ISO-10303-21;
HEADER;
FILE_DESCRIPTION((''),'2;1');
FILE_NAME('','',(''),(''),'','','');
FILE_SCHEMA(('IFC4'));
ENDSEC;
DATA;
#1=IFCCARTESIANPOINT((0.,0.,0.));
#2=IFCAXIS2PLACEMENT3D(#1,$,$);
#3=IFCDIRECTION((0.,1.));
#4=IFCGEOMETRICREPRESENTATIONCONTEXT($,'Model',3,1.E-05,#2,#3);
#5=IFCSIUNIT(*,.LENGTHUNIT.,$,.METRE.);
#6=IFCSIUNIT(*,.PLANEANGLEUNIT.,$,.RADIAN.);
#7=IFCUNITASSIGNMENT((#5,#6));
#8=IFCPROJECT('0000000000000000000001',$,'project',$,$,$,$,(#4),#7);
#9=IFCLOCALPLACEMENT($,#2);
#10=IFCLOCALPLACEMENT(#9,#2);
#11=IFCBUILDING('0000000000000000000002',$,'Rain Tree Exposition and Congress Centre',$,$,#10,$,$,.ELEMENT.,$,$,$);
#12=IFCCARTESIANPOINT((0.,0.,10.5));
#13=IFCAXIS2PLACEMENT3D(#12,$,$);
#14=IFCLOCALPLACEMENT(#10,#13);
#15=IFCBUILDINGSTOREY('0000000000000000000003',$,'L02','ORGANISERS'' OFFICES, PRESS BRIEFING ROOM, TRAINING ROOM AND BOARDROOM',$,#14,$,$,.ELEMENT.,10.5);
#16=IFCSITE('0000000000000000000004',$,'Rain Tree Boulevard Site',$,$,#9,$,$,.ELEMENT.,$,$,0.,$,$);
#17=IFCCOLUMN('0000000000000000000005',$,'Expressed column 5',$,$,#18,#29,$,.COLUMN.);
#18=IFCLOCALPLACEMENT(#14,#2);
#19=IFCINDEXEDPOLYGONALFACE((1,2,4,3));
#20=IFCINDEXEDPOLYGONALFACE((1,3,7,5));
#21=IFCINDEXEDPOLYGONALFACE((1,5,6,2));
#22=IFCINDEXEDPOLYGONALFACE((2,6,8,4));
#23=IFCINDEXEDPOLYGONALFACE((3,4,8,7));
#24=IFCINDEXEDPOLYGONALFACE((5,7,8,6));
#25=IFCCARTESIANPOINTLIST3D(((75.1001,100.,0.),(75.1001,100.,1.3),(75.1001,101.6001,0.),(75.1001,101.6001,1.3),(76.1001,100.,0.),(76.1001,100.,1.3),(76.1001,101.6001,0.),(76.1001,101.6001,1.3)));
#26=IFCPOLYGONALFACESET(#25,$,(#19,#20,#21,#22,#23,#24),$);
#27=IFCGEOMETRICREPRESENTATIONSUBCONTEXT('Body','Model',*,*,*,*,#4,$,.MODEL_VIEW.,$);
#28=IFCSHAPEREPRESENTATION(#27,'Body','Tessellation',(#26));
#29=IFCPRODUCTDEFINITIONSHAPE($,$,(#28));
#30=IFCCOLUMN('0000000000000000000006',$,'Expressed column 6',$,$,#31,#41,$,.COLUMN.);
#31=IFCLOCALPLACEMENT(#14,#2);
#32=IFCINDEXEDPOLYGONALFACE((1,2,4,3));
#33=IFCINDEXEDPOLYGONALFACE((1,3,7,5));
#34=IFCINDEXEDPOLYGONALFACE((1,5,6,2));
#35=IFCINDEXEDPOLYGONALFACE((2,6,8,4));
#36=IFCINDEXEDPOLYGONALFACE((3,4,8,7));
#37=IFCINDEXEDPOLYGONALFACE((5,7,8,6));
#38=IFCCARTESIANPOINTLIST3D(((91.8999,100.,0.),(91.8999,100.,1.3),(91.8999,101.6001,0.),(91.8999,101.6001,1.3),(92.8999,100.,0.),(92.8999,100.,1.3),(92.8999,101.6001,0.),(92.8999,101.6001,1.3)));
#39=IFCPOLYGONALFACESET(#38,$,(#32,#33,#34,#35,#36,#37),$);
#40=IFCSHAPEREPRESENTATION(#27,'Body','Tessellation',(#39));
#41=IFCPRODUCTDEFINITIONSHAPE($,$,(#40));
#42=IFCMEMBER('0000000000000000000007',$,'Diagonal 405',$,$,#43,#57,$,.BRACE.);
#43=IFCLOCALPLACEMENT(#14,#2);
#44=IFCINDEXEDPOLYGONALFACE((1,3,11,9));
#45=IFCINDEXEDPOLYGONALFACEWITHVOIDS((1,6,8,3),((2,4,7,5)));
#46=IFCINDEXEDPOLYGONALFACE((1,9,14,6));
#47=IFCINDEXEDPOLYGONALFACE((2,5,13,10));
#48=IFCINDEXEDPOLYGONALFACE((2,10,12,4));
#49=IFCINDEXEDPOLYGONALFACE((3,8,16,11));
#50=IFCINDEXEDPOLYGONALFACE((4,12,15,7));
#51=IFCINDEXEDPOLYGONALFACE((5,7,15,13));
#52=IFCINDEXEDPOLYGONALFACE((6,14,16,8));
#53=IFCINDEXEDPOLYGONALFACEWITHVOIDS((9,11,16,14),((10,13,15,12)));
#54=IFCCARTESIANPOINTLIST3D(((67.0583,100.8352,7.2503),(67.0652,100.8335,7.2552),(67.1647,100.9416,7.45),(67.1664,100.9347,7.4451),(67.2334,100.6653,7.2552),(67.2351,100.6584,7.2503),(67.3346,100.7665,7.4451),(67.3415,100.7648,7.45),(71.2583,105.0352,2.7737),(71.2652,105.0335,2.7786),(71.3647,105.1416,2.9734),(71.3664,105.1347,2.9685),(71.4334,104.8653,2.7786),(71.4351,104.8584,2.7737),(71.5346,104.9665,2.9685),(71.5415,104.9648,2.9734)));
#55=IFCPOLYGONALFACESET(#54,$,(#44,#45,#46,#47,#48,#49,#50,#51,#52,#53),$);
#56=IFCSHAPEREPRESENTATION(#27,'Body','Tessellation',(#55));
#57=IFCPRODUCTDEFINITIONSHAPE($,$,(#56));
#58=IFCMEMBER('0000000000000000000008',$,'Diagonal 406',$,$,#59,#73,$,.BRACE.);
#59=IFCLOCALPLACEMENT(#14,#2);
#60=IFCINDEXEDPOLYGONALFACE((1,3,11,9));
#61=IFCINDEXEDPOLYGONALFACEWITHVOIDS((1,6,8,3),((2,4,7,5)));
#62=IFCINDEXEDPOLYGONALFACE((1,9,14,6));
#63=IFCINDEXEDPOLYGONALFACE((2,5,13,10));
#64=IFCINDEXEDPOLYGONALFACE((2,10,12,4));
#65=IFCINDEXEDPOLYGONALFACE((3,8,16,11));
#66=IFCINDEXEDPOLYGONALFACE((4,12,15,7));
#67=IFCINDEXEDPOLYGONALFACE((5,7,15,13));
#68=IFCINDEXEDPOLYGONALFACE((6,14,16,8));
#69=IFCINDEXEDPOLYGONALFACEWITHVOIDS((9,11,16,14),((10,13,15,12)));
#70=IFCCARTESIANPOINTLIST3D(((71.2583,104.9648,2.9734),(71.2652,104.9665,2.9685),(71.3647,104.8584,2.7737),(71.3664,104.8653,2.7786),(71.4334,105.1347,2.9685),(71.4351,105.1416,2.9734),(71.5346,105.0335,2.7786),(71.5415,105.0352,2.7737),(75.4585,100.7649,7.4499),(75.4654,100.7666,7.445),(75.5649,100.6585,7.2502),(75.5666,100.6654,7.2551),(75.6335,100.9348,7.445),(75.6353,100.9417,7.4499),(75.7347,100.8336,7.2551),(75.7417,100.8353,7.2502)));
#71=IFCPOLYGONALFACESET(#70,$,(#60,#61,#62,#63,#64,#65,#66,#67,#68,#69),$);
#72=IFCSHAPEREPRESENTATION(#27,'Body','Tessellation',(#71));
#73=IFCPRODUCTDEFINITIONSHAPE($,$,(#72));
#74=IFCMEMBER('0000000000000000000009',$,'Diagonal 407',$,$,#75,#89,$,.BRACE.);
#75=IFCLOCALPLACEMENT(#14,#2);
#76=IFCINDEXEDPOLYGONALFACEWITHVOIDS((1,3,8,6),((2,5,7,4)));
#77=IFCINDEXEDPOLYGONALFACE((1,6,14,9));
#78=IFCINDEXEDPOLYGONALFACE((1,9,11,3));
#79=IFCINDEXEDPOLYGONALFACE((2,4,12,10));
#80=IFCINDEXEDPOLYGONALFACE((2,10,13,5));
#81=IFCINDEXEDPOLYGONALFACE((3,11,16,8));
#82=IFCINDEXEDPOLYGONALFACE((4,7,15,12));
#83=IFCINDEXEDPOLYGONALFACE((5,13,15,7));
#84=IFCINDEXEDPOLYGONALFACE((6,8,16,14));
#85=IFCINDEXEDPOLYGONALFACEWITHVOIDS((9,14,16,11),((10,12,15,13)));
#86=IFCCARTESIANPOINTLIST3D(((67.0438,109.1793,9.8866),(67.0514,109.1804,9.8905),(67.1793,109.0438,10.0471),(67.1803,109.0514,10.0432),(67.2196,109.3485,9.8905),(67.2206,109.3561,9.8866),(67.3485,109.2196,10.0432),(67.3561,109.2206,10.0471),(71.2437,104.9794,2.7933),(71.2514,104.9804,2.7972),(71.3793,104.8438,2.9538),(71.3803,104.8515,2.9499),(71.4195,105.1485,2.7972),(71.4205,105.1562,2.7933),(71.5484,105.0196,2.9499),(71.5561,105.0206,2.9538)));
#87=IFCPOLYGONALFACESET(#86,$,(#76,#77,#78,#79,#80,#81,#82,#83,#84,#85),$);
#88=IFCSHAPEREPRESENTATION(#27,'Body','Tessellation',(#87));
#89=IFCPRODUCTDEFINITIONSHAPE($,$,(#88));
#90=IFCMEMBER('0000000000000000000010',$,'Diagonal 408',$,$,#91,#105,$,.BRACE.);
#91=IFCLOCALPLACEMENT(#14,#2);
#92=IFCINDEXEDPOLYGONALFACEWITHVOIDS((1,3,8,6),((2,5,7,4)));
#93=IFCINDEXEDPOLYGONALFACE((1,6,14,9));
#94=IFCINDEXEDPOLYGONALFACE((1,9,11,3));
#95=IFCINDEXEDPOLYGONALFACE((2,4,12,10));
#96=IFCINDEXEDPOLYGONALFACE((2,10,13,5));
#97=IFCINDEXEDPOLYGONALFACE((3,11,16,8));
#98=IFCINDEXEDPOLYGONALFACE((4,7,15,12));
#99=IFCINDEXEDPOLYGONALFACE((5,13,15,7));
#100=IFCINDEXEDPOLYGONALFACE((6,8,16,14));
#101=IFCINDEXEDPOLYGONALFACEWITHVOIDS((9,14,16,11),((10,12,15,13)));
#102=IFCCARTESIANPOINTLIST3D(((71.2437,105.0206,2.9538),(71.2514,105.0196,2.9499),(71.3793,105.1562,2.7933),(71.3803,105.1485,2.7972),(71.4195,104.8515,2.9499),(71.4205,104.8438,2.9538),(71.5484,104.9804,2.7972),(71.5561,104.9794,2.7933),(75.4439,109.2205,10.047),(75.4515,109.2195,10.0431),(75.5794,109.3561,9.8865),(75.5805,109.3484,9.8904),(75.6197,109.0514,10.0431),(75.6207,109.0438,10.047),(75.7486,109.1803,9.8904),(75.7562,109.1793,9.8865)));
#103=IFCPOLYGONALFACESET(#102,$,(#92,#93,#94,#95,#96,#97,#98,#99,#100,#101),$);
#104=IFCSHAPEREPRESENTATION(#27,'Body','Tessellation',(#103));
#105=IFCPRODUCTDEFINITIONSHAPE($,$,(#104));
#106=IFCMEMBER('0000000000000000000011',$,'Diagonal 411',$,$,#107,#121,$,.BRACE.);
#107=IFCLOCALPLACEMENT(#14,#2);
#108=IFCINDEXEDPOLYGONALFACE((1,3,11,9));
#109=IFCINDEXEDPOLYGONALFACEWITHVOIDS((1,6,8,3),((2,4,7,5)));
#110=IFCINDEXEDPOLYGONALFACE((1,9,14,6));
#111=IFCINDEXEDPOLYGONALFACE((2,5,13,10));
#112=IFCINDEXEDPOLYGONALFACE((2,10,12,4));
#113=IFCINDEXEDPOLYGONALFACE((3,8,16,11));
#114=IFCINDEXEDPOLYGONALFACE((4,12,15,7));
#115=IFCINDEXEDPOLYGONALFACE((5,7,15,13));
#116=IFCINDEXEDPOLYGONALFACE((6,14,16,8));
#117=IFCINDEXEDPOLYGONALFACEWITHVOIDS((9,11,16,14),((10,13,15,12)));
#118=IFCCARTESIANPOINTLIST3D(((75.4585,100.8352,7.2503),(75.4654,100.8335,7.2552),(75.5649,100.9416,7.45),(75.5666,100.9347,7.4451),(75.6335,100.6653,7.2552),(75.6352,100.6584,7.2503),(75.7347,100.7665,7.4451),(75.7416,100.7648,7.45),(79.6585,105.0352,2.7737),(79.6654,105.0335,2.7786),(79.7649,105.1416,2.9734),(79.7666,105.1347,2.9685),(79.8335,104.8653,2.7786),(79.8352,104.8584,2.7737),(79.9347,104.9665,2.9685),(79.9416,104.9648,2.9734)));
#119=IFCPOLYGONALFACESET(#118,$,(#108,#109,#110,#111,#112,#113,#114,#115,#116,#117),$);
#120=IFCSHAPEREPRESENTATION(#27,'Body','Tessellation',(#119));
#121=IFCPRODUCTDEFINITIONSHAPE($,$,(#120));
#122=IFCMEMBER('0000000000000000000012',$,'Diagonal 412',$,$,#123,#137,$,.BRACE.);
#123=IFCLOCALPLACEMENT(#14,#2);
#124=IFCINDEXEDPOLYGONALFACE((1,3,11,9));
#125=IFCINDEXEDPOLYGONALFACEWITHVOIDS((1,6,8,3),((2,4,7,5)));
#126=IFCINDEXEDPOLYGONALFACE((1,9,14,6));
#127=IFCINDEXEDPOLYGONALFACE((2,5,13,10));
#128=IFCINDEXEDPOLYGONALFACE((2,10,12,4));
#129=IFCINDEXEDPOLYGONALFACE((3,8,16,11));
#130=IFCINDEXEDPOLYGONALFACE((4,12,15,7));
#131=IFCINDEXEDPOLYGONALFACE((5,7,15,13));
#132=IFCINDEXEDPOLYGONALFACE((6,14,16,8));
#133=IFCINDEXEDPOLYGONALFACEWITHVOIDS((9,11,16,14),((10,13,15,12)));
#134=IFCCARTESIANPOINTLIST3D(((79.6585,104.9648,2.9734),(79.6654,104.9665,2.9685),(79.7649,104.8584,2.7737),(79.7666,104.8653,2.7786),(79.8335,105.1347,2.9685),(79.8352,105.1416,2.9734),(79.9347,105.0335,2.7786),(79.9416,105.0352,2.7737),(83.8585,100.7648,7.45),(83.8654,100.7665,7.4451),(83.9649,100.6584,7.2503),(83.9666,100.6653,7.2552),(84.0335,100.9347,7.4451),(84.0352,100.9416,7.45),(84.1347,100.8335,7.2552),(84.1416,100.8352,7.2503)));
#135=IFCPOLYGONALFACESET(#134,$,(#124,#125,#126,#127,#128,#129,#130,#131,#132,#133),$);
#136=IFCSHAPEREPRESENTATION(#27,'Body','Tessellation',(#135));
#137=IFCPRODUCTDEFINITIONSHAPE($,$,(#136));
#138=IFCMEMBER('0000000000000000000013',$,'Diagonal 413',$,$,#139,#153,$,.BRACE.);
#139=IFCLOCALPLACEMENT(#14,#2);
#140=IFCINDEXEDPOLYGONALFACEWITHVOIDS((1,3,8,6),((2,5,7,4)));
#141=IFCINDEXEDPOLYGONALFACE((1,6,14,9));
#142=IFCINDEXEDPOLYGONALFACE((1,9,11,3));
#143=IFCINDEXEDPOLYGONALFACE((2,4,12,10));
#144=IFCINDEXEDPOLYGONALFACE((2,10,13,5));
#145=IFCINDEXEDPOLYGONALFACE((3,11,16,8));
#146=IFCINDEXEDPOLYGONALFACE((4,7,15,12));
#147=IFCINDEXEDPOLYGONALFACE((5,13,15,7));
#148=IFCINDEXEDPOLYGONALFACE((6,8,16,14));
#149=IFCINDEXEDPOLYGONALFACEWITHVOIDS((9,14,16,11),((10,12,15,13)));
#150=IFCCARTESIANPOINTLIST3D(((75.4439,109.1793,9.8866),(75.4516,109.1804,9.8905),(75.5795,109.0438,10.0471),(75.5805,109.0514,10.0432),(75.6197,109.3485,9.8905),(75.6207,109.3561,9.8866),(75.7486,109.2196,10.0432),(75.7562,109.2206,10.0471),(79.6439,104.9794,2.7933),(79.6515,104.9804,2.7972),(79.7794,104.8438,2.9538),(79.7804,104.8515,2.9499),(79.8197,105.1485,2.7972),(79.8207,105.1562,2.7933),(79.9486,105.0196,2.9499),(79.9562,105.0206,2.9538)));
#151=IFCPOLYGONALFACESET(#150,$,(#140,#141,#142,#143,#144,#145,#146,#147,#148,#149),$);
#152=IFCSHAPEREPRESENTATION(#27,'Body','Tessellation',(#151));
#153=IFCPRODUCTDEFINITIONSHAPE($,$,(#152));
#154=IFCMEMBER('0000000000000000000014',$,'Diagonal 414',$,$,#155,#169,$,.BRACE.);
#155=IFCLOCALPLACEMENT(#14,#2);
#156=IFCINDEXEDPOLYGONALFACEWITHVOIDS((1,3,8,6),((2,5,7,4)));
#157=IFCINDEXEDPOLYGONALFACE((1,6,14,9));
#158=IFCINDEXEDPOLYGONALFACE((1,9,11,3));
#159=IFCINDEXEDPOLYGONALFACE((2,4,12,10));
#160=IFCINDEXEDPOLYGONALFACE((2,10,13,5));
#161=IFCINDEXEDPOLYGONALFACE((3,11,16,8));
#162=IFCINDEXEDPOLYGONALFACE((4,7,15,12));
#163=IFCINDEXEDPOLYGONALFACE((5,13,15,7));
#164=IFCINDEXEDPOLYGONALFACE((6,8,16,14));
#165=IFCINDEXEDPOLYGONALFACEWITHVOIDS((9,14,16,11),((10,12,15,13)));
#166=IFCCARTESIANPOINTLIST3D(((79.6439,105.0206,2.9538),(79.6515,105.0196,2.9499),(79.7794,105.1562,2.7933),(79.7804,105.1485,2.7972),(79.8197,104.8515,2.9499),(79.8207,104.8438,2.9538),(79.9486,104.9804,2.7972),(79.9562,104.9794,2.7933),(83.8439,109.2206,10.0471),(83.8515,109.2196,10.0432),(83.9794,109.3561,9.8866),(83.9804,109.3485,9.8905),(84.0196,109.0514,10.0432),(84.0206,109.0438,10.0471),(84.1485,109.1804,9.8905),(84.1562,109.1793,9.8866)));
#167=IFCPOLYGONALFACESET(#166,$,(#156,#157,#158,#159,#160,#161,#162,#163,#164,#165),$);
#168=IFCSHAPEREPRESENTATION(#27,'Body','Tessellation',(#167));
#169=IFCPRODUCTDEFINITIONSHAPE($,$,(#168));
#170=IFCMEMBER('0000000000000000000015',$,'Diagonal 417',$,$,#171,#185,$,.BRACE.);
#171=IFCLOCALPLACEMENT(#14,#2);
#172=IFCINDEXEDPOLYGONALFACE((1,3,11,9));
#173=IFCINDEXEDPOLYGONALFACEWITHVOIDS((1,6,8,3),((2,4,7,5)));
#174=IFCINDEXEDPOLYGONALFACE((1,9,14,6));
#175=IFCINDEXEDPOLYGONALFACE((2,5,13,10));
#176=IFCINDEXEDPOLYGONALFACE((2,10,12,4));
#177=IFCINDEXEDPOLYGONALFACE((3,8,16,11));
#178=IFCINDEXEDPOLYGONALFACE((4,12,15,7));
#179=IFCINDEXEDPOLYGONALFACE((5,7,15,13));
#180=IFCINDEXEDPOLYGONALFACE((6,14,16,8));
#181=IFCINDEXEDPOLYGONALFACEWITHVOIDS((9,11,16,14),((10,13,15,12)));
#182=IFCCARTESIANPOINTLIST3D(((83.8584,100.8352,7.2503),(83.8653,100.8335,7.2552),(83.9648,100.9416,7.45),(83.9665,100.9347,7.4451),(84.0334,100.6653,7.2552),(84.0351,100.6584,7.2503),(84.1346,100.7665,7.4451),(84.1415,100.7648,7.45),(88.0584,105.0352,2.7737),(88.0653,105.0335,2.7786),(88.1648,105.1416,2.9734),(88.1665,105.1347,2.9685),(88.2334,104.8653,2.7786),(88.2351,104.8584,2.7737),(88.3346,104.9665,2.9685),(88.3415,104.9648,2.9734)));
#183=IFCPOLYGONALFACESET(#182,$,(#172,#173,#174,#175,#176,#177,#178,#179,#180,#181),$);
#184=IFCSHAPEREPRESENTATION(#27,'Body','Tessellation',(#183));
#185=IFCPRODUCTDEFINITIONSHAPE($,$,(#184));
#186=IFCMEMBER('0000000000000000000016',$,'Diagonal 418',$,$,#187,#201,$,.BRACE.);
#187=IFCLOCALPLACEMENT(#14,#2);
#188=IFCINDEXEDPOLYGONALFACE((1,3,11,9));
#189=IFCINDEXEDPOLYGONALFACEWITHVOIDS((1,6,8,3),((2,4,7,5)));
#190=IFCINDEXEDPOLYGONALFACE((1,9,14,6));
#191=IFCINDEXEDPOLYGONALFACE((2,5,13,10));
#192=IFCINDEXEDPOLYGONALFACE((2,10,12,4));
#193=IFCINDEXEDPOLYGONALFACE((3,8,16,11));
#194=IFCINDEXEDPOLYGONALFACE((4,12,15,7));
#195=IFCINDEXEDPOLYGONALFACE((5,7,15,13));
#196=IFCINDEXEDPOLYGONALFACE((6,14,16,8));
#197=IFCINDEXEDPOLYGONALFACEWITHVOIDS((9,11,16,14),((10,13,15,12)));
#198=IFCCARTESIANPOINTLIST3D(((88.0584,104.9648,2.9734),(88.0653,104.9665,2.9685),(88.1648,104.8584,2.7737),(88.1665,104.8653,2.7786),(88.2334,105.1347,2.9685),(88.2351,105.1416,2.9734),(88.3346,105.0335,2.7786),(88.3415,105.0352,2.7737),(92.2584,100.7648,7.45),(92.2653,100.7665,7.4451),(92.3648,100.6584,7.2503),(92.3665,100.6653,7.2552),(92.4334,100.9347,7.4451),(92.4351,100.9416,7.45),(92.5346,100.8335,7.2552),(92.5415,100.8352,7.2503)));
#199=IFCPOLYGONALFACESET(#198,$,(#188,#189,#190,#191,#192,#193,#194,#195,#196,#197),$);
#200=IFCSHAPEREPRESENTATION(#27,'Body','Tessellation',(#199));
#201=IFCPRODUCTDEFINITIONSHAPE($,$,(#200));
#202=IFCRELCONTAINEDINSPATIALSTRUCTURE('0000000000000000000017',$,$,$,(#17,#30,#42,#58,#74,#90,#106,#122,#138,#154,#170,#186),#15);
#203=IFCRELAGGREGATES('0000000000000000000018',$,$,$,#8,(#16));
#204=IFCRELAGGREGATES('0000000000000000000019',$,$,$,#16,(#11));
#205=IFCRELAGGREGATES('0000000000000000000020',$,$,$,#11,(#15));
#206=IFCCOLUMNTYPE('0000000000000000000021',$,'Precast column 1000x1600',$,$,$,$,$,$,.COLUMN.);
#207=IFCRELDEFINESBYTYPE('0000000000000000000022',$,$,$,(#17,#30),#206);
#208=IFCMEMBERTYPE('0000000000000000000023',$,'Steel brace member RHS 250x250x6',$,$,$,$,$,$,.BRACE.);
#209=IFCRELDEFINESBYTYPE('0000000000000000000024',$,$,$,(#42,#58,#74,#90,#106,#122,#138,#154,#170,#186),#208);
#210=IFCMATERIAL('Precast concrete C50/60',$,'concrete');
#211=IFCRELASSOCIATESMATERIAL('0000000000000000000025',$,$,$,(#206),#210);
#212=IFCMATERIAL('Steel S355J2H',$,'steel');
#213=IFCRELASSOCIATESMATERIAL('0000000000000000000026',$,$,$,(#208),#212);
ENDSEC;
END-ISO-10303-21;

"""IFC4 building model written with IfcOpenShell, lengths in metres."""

from ifc_helpers import new_model, si_unit, direction, frame, origin, origin_2d, place, context, subcontext, project, spatial, rectangle, hollow_rectangle, extrude, material, material_profile, profile_set, type_object, element, save


model = new_model("IFC4")

# Units and contexts
model_context = context("Model", 3, precision=1e-05, world=origin(), true_north=direction((0.0, 1.0)))
body_context = subcontext(model_context, "Body", "Model", "MODEL_VIEW")
ifc_project = project(units=[si_unit("LENGTHUNIT", "METRE"), si_unit("PLANEANGLEUNIT", "RADIAN")], contexts=[model_context])

# Site, building, storey
site_placement = place(None, origin())
site = spatial("IfcSite", under=ifc_project, at=site_placement, Name="Rain Tree Boulevard Site", CompositionType="ELEMENT", RefElevation=0.0)
building_placement = place(site_placement, origin())
building = spatial("IfcBuilding", under=site, at=building_placement, Name="Rain Tree Exposition and Congress Centre", CompositionType="ELEMENT")
storey_placement = place(building_placement, frame((0.0, 0.0, 10.5)))
storey = spatial("IfcBuildingStorey", under=building, at=storey_placement, Name="L02", Description="ORGANISERS' OFFICES, PRESS BRIEFING ROOM, TRAINING ROOM AND BOARDROOM", CompositionType="ELEMENT", Elevation=10.5)

# Columns
ifc_material_1 = material(Name="Precast concrete C50/60", Category="concrete")
ifc_material_profile_1 = material_profile(ifc_material_1, rectangle(XDim=1.0, YDim=1.6001, at=origin_2d()), Name="RC 1000x1600")
ifc_profile_set_1 = profile_set([ifc_material_profile_1], Name="Precast concrete C50/60")
column_type = type_object("IfcColumnType", Name="Precast column 1000x1600", PredefinedType="COLUMN", material=ifc_profile_set_1)
for number, where, z_axis, x_axis, name in (
    (1, (75.6001, 100.8, 0.0), (0.0, 0.0, 1.0), (1.0, 0.0, 0.0), "Expressed column 5"),
    (2, (92.3999, 100.8, 0.0), (0.0, 0.0, 1.0), (1.0, 0.0, 0.0), "Expressed column 6"),
):
    element("IfcColumn", number, at=place(storey_placement, frame(where, z_axis=z_axis, x_axis=x_axis)), inside=storey, type_object=column_type, Name=name, PredefinedType="COLUMN", context=body_context, shape_type="SweptSolid", body=[
        extrude(rectangle(XDim=1.0, YDim=1.6001, at=origin_2d()), origin(), (0.0, 0.0, 1.0), 1.3),
    ])

# Members
ifc_material_2 = material(Name="Steel S355J2H", Category="steel")
ifc_material_profile_2 = material_profile(ifc_material_2, hollow_rectangle(XDim=0.25, YDim=0.25, WallThickness=0.0061, at=origin_2d()), Name="RHS 250x250x6")
ifc_profile_set_2 = profile_set([ifc_material_profile_2], Name="Steel S355J2H")
member_type_1 = type_object("IfcMemberType", Name="Steel brace member RHS 250x250x6", PredefinedType="BRACE", material=ifc_profile_set_2)
for number, where, z_axis, x_axis, name in (
    (3, (71.3999, 105.0, 2.8735), (-0.564687, -0.564687, 0.601878), (0.707107, -0.707107, 0.0), "Diagonal 405"),
    (4, (71.3999, 105.0, 2.8735), (0.564709, -0.564677, 0.601867), (0.707086, 0.707127, 0.0), "Diagonal 406"),
):
    element("IfcMember", number, at=place(storey_placement, frame(where, z_axis=z_axis, x_axis=x_axis)), inside=storey, type_object=member_type_1, Name=name, PredefinedType="BRACE", context=body_context, shape_type="SweptSolid", body=[
        extrude(hollow_rectangle(XDim=0.25, YDim=0.25, WallThickness=0.0061, at=origin_2d()), origin(), (0.0, 0.0, 1.0), 7.4377),
    ])
for number, where, z_axis, x_axis, name in (
    (5, (71.3999, 105.0, 2.8735), (-0.453966, 0.453966, 0.7667), (-0.707107, -0.707107, 0.0), "Diagonal 407"),
    (6, (71.3999, 105.0, 2.8735), (0.453987, 0.453961, 0.766691), (-0.707086, 0.707127, 0.0), "Diagonal 408"),
):
    element("IfcMember", number, at=place(storey_placement, frame(where, z_axis=z_axis, x_axis=x_axis)), inside=storey, type_object=member_type_1, Name=name, PredefinedType="BRACE", context=body_context, shape_type="SweptSolid", body=[
        extrude(hollow_rectangle(XDim=0.25, YDim=0.25, WallThickness=0.0061, at=origin_2d()), origin(), (0.0, 0.0, 1.0), 9.2517),
    ])
for number, where, z_axis, x_axis, name in (
    (7, (79.8, 105.0, 2.8735), (-0.564687, -0.564687, 0.601878), (0.707107, -0.707107, 0.0), "Diagonal 411"),
    (8, (79.8, 105.0, 2.8735), (0.564687, -0.564687, 0.601878), (0.707107, 0.707107, 0.0), "Diagonal 412"),
):
    element("IfcMember", number, at=place(storey_placement, frame(where, z_axis=z_axis, x_axis=x_axis)), inside=storey, type_object=member_type_1, Name=name, PredefinedType="BRACE", context=body_context, shape_type="SweptSolid", body=[
        extrude(hollow_rectangle(XDim=0.25, YDim=0.25, WallThickness=0.0061, at=origin_2d()), origin(), (0.0, 0.0, 1.0), 7.4377),
    ])
for number, where, z_axis, x_axis, name in (
    (9, (79.8, 105.0, 2.8735), (-0.453966, 0.453966, 0.7667), (-0.707107, -0.707107, 0.0), "Diagonal 413"),
    (10, (79.8, 105.0, 2.8735), (0.453966, 0.453966, 0.7667), (-0.707107, 0.707107, 0.0), "Diagonal 414"),
):
    element("IfcMember", number, at=place(storey_placement, frame(where, z_axis=z_axis, x_axis=x_axis)), inside=storey, type_object=member_type_1, Name=name, PredefinedType="BRACE", context=body_context, shape_type="SweptSolid", body=[
        extrude(hollow_rectangle(XDim=0.25, YDim=0.25, WallThickness=0.0061, at=origin_2d()), origin(), (0.0, 0.0, 1.0), 9.2517),
    ])
for number, where, z_axis, x_axis, name in (
    (11, (88.2, 105.0, 2.8735), (-0.564687, -0.564687, 0.601878), (0.707107, -0.707107, 0.0), "Diagonal 417"),
    (12, (88.2, 105.0, 2.8735), (0.564687, -0.564687, 0.601878), (0.707107, 0.707107, 0.0), "Diagonal 418"),
):
    element("IfcMember", number, at=place(storey_placement, frame(where, z_axis=z_axis, x_axis=x_axis)), inside=storey, type_object=member_type_1, Name=name, PredefinedType="BRACE", context=body_context, shape_type="SweptSolid", body=[
        extrude(hollow_rectangle(XDim=0.25, YDim=0.25, WallThickness=0.0061, at=origin_2d()), origin(), (0.0, 0.0, 1.0), 7.4377),
    ])

save(model, "model.ifc")
